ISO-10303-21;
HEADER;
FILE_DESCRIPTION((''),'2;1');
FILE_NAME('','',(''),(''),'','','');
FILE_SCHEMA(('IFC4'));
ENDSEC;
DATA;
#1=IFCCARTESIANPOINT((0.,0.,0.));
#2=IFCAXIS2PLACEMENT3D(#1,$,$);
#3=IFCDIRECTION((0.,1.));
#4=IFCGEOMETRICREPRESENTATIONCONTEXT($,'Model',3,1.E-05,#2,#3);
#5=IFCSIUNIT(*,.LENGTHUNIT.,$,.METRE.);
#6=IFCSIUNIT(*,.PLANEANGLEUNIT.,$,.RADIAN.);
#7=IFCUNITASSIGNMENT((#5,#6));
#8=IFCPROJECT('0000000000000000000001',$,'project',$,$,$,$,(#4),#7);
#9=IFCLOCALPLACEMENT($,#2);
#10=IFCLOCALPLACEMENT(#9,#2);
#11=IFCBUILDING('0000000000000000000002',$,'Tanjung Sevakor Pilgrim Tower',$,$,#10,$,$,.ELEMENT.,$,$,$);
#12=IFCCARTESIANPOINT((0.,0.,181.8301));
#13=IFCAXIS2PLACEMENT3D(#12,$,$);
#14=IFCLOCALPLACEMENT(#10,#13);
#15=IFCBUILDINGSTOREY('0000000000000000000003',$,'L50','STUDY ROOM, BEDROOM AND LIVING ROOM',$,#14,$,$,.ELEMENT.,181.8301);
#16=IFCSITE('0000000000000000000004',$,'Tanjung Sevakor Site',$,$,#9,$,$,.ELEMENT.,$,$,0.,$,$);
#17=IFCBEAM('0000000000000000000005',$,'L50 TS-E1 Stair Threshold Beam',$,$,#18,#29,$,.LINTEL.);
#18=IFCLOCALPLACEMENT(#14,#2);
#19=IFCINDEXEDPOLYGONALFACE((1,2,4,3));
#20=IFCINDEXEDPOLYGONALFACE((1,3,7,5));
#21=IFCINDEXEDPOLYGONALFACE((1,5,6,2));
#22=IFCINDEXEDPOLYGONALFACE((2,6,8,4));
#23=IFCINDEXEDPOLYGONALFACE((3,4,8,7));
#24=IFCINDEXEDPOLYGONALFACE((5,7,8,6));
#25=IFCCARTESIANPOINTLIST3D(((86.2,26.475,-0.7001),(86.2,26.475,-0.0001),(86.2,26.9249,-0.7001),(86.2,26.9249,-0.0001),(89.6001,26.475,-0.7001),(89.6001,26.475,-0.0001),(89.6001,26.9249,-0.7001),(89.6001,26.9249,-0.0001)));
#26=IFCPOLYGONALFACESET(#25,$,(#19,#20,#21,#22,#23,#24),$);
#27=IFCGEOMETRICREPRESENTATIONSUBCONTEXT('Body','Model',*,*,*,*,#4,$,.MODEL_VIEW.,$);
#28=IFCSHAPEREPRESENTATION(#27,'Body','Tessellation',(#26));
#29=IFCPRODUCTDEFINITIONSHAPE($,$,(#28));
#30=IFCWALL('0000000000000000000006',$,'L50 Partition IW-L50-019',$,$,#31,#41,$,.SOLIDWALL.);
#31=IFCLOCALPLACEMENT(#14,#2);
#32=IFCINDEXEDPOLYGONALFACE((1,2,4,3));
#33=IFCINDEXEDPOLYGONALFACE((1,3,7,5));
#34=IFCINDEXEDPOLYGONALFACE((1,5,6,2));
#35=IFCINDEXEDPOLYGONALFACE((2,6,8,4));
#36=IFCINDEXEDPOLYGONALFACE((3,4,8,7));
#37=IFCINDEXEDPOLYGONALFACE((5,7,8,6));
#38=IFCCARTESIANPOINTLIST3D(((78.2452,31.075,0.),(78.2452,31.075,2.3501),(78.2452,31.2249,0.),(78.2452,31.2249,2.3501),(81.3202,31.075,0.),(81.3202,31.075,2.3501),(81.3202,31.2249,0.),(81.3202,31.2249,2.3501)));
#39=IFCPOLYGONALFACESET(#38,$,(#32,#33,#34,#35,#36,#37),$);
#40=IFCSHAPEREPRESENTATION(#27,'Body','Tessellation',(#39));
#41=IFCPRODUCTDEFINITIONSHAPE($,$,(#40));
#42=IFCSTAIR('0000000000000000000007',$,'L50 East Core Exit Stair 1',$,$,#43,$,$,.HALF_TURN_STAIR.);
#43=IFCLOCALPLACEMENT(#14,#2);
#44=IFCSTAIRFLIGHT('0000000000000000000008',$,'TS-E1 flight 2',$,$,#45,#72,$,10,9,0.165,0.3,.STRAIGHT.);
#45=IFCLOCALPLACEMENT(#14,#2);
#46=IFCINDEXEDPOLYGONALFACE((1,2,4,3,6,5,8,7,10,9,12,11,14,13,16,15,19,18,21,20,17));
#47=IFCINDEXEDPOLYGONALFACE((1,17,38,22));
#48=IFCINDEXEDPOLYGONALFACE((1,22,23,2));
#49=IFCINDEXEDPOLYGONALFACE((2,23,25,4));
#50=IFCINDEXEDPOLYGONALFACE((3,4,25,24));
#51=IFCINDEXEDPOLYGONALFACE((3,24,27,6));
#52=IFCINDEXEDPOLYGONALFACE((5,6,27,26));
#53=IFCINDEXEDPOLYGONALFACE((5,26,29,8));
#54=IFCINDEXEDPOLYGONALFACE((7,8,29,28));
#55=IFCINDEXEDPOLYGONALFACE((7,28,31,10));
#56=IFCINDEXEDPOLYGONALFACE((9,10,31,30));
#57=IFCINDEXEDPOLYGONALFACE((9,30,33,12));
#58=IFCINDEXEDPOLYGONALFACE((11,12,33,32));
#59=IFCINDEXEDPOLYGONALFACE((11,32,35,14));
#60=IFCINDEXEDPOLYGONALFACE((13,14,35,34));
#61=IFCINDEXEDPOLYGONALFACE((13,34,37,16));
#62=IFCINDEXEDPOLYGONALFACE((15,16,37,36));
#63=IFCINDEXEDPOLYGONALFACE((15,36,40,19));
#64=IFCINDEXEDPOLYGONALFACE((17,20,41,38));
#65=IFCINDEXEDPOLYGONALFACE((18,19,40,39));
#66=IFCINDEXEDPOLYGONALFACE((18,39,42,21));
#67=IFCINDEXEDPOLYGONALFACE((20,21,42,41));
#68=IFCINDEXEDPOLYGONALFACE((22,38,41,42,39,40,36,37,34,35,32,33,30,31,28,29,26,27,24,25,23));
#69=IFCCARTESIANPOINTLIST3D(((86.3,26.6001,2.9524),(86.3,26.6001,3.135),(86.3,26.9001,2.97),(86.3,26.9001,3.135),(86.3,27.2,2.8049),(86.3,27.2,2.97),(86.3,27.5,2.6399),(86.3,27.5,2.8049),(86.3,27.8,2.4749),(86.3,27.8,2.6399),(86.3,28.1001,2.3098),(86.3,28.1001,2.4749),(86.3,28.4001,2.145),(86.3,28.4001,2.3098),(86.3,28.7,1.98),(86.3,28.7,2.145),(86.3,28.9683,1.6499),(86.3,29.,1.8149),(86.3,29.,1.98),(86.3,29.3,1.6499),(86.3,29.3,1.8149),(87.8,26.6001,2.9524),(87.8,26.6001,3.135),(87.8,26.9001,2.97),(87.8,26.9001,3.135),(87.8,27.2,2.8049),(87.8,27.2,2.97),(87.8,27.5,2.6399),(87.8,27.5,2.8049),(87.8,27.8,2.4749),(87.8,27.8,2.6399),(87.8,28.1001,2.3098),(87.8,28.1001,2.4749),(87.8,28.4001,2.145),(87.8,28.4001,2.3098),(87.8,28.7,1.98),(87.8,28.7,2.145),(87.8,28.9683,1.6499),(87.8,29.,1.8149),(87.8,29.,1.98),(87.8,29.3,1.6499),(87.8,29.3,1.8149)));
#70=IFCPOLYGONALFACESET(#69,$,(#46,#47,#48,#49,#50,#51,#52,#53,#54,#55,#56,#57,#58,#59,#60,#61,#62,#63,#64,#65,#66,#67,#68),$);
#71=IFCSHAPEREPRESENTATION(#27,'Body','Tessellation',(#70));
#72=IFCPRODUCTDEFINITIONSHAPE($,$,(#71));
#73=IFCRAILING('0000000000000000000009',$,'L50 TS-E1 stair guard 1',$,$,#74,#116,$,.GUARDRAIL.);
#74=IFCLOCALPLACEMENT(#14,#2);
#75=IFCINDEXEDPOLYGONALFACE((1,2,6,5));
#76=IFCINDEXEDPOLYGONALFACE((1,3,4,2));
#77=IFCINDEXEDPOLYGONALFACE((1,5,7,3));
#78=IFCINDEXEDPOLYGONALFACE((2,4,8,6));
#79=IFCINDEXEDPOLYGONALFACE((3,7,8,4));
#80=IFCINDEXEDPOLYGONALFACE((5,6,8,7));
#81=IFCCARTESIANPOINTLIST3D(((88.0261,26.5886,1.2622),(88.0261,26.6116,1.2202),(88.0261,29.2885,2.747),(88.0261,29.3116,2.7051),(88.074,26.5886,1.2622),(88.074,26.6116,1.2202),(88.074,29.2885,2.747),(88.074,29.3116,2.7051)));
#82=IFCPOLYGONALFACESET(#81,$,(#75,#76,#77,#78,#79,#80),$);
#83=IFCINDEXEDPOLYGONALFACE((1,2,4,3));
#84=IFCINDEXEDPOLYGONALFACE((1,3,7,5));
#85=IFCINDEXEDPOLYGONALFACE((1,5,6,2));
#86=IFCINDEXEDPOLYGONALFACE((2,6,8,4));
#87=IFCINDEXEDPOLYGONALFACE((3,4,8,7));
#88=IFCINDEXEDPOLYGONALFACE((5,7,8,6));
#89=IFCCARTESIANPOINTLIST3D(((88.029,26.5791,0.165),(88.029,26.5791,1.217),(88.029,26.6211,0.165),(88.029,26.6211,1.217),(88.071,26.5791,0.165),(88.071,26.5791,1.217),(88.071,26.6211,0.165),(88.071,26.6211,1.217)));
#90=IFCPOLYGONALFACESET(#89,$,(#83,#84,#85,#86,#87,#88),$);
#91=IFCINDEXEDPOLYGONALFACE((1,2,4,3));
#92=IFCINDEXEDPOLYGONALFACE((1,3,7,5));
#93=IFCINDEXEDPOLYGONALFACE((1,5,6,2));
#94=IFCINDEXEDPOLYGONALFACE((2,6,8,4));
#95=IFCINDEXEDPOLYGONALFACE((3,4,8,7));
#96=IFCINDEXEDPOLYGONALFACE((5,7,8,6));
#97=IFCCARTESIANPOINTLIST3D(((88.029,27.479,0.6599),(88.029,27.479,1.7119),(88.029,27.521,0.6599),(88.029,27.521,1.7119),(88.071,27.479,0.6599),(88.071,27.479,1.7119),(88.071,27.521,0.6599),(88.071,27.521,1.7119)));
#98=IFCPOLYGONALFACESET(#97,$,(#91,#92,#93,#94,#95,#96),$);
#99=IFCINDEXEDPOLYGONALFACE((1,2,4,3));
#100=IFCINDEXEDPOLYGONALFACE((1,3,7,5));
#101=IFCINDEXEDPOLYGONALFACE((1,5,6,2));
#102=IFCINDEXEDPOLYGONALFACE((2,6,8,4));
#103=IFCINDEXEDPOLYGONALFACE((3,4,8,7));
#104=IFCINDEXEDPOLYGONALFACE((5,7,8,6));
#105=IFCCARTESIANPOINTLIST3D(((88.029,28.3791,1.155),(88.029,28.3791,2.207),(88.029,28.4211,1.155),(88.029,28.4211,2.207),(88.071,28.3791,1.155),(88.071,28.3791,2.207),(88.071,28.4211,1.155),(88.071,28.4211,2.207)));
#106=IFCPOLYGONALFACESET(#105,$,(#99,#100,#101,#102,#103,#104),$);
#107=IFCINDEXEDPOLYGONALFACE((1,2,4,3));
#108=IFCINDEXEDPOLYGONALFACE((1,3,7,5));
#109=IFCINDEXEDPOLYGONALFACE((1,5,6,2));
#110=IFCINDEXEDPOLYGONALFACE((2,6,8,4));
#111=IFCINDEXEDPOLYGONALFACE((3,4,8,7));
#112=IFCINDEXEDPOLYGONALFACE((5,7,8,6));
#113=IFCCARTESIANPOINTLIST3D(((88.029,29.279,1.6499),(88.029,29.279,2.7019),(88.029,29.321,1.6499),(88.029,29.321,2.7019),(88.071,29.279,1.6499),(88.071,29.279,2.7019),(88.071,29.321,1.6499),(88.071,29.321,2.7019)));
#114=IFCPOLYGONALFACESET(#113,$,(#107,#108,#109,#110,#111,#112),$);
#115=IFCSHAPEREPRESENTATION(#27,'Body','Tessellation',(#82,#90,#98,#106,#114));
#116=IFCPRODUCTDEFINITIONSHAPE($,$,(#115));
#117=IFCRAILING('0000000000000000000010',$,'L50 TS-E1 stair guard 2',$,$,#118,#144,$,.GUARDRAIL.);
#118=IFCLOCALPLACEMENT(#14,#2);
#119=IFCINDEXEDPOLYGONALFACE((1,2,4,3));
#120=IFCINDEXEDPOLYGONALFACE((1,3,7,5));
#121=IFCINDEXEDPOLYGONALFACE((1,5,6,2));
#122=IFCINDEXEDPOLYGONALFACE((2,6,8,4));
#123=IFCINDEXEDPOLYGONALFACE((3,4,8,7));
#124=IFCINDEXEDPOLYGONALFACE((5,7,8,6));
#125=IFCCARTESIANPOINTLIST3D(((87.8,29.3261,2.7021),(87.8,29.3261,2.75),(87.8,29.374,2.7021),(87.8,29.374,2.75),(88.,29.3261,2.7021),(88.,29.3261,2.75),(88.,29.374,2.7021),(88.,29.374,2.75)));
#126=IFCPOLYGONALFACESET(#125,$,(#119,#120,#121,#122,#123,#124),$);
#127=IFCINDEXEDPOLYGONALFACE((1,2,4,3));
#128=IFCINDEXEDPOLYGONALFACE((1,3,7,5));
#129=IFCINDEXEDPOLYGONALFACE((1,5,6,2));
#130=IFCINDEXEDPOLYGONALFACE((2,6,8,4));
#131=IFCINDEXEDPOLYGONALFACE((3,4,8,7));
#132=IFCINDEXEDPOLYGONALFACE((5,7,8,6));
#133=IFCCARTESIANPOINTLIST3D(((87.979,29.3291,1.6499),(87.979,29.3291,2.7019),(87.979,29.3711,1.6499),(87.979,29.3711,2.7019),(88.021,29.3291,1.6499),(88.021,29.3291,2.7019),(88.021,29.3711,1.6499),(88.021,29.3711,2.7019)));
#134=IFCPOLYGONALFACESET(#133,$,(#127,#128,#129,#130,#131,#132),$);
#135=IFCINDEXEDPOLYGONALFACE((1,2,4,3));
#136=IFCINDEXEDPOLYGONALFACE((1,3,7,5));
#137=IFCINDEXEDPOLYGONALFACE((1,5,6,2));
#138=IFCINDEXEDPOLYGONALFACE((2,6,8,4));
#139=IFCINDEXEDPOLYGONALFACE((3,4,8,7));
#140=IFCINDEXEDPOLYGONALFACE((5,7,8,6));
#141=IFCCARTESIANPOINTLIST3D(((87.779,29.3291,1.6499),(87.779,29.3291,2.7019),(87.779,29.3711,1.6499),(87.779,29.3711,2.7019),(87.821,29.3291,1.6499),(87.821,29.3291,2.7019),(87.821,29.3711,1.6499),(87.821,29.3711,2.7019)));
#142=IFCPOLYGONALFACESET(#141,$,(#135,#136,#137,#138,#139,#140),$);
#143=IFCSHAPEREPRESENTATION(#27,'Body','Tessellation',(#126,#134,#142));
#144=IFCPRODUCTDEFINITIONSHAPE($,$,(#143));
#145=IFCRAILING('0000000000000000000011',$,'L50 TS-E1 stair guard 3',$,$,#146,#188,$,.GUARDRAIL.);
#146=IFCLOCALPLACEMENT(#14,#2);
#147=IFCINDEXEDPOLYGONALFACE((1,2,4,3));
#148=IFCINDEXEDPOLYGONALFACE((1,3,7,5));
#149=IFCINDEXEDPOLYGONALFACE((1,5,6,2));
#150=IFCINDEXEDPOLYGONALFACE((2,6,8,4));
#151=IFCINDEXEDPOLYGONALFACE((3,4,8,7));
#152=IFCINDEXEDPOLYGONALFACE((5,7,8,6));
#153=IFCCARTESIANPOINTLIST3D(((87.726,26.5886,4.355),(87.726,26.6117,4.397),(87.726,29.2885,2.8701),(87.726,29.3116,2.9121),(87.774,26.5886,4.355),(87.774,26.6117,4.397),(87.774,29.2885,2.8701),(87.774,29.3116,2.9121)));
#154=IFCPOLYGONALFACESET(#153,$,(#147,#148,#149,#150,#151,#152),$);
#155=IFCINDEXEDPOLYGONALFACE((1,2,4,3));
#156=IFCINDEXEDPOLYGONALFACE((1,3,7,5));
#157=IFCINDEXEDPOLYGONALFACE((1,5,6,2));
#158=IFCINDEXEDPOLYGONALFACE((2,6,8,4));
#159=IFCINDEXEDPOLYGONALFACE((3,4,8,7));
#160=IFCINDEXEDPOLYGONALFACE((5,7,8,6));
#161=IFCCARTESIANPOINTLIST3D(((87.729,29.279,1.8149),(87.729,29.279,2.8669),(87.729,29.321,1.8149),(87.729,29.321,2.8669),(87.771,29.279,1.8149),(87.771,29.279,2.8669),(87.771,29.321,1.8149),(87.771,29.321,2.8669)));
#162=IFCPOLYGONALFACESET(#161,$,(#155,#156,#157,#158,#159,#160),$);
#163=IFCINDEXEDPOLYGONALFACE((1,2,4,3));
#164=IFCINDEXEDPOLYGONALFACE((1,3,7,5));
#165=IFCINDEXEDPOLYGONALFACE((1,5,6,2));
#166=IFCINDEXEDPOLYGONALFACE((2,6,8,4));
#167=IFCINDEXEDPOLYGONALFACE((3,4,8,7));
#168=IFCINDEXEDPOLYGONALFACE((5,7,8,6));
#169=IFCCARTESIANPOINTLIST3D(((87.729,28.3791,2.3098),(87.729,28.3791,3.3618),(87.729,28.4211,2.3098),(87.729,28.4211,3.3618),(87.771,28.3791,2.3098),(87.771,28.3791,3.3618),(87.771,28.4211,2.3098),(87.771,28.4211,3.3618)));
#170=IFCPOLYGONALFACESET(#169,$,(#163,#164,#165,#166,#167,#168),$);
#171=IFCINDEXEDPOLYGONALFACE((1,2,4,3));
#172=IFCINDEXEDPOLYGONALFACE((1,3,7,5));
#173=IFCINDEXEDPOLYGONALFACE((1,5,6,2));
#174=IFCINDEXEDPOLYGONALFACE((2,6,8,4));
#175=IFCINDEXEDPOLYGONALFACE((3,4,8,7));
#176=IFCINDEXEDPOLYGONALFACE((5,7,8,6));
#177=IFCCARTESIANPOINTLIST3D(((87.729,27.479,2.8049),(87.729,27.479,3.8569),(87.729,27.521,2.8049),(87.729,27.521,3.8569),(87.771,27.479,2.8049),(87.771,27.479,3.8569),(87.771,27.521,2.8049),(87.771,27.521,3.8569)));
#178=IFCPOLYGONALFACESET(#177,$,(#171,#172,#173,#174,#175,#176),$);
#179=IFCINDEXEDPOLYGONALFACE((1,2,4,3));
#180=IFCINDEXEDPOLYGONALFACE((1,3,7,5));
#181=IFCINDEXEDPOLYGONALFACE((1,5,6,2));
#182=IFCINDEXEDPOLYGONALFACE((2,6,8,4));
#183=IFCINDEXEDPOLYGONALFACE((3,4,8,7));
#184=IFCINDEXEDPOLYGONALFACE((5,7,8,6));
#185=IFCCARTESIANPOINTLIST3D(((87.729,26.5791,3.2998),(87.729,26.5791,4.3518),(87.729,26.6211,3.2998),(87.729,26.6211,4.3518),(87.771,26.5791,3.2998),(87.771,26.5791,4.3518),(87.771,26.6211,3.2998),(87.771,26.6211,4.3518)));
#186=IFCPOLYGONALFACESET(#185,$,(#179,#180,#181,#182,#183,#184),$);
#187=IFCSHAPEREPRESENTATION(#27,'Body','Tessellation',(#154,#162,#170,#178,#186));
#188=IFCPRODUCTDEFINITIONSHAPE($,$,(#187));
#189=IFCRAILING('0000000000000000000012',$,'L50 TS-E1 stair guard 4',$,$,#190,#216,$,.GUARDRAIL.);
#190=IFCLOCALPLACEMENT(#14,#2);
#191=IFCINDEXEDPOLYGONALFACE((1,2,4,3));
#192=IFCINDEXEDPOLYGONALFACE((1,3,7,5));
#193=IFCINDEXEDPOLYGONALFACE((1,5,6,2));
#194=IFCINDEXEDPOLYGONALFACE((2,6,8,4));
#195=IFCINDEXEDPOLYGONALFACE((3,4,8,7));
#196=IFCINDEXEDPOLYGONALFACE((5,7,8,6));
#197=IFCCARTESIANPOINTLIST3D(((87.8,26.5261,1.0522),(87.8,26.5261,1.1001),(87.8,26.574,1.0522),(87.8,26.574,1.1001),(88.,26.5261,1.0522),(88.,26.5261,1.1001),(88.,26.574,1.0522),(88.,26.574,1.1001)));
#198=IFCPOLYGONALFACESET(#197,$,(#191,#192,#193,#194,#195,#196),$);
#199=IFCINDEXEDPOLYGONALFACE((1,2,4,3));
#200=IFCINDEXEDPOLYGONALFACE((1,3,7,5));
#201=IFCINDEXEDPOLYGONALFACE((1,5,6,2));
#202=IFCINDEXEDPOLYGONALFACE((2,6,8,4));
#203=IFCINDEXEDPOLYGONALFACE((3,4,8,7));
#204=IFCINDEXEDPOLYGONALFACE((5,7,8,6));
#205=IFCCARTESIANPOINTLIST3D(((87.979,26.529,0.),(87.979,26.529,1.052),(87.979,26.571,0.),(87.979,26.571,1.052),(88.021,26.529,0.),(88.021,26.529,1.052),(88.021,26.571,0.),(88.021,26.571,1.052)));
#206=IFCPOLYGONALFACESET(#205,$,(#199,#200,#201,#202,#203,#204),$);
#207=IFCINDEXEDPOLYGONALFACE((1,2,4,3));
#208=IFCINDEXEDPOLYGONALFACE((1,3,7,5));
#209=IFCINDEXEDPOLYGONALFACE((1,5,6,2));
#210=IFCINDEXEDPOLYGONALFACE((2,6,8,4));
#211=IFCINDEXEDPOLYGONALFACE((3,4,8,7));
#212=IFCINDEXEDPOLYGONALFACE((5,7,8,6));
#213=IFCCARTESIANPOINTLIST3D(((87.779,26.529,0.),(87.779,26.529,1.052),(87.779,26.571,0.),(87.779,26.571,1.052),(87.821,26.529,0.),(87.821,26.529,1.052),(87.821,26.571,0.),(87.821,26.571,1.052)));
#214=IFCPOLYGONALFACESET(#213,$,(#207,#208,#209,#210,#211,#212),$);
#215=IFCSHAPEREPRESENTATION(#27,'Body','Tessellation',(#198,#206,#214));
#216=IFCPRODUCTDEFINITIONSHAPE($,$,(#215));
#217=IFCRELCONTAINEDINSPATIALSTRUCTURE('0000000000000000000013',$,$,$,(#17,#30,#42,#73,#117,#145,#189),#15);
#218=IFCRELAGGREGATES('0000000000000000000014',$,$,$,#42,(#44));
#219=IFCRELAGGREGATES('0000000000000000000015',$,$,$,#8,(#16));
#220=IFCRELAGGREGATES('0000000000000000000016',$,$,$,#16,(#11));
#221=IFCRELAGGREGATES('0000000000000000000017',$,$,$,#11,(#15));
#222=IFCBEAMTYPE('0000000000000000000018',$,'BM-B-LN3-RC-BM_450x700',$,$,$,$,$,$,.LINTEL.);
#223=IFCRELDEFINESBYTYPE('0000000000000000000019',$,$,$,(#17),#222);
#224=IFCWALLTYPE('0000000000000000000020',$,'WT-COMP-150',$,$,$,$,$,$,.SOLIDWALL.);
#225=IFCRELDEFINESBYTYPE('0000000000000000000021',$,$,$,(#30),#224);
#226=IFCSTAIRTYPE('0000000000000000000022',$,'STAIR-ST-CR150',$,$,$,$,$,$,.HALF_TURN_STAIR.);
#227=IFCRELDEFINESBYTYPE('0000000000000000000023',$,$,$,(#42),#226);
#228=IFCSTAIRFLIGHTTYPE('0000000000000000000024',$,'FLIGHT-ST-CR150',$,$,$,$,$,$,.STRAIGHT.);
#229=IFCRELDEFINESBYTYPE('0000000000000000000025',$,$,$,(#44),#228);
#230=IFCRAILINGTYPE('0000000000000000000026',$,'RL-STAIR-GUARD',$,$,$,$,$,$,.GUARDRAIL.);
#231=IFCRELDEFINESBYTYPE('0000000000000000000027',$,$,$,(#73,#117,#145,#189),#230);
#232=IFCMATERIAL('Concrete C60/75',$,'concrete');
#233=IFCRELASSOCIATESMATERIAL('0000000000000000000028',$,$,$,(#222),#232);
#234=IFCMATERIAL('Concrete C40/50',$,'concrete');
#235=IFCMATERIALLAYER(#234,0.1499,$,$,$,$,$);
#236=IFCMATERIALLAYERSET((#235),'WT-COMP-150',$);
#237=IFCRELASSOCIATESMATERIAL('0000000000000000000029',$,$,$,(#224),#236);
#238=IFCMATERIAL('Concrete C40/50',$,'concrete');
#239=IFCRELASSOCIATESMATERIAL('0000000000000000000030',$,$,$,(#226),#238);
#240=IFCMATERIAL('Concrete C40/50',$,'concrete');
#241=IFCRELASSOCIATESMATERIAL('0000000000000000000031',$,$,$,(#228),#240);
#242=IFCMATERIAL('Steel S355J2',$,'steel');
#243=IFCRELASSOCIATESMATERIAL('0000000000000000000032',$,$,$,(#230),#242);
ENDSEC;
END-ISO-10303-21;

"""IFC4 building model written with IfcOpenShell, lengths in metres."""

from ifc_helpers import new_model, si_unit, direction, frame, frame_2d, origin, origin_2d, place, context, subcontext, project, spatial, polyline, rectangle, outline, extrude, material, layer, layer_set, material_profile, profile_set, type_object, element, aggregate, save


model = new_model("IFC4")

# Units and contexts
model_context = context("Model", 3, precision=1e-05, world=origin(), true_north=direction((0.0, 1.0)))
body_context = subcontext(model_context, "Body", "Model", "MODEL_VIEW")
ifc_project = project(units=[si_unit("LENGTHUNIT", "METRE"), si_unit("PLANEANGLEUNIT", "RADIAN")], contexts=[model_context])

# Site, building, storey
site_placement = place(None, origin())
site = spatial("IfcSite", under=ifc_project, at=site_placement, Name="Tanjung Sevakor Site", CompositionType="ELEMENT", RefElevation=0.0)
building_placement = place(site_placement, origin())
building = spatial("IfcBuilding", under=site, at=building_placement, Name="Tanjung Sevakor Pilgrim Tower", CompositionType="ELEMENT")
storey_placement = place(building_placement, frame((0.0, 0.0, 181.8301)))
storey = spatial("IfcBuildingStorey", under=building, at=storey_placement, Name="L50", Description="STUDY ROOM, BEDROOM AND LIVING ROOM", CompositionType="ELEMENT", Elevation=181.8301)

# Beam
ifc_material_1 = material(Name="Concrete C60/75", Category="concrete")
ifc_material_profile = material_profile(ifc_material_1, rectangle(XDim=0.45, YDim=0.7, at=origin_2d()))
ifc_profile_set = profile_set([ifc_material_profile], Name="Concrete C60/75")
beam_type = type_object("IfcBeamType", Name="BM-B-LN3-RC-BM_450x700", PredefinedType="LINTEL", material=ifc_profile_set)
beam_placement = place(storey_placement, frame((86.2, 26.7, -0.3501), z_axis=(1.0, 0.0, 0.0), x_axis=(0.0, 1.0, 0.0)))
element("IfcBeam", 1, at=beam_placement, inside=storey, type_object=beam_type, Name="L50 TS-E1 Stair Threshold Beam", PredefinedType="LINTEL", context=body_context, shape_type="SweptSolid", body=[
    extrude(rectangle(XDim=0.45, YDim=0.7, at=origin_2d()), origin(), (0.0, 0.0, 1.0), 3.4001),
])

# Shared definitions
ifc_material_2 = material(Name="Concrete C40/50", Category="concrete")
ifc_layer_1 = layer(ifc_material_2, 0.1499)
ifc_layer_set_1 = layer_set([ifc_layer_1], Name="WT-COMP-150")
wall_type_1 = type_object("IfcWallType", Name="WT-COMP-150", PredefinedType="SOLIDWALL", material=ifc_layer_set_1)

# Wall
wall_1_placement = place(storey_placement, frame((78.2451, 31.1499, 0.0), z_axis=(0.0, 0.0, 1.0), x_axis=(1.0, 0.0, 0.0)))
element("IfcWall", 2, at=wall_1_placement, inside=storey, type_object=wall_type_1, Name="L50 Partition IW-L50-019", PredefinedType="SOLIDWALL", context=body_context, shape_type="SweptSolid", body=[
    extrude(rectangle(XDim=3.075, YDim=0.1499, at=frame_2d((1.5376, 0.0))), origin(), (0.0, 0.0, 1.0), 2.3501),
])

# Stair, stair flight
ifc_material_3 = material(Name="Concrete C40/50", Category="concrete")
stair_type = type_object("IfcStairType", Name="STAIR-ST-CR150", PredefinedType="HALF_TURN_STAIR", material=ifc_material_3)
stair_placement = place(storey_placement, origin())
stair = element("IfcStair", 3, at=stair_placement, inside=storey, type_object=stair_type, Name="L50 East Core Exit Stair 1", PredefinedType="HALF_TURN_STAIR")
ifc_material_4 = material(Name="Concrete C40/50", Category="concrete")
stair_flight_type = type_object("IfcStairFlightType", Name="FLIGHT-ST-CR150", PredefinedType="STRAIGHT", material=ifc_material_4)
stair_flight_placement = place(storey_placement, frame((87.05, 29.3, 1.6499), z_axis=(0.0, 0.0, 1.0), x_axis=(0.0, -1.0, 0.0)))
stair_flight = element("IfcStairFlight", 4, at=stair_flight_placement, type_object=stair_flight_type, Name="TS-E1 flight 2", NumberOfRisers=10, NumberOfTreads=9, PredefinedType="STRAIGHT", RiserHeight=0.165, TreadLength=0.3, context=body_context, shape_type="SweptSolid", body=[
    extrude(outline(polyline([(0.0, 0.0), (0.0, 0.165), (0.3, 0.165), (0.3, 0.3301), (0.6001, 0.3301), (0.6001, 0.4951), (0.8999, 0.4951), (0.8999, 0.6599), (1.2, 0.6599), (1.2, 0.825), (1.5, 0.825), (1.5, 0.99), (1.8, 0.99), (1.8, 1.155), (2.1001, 1.155), (2.1001, 1.3201), (2.3999, 1.3201), (2.3999, 1.4851), (2.7, 1.4851), (2.7, 1.6499), (2.7, 1.3025), (0.3318, 0.0), (0.0, 0.0)])), frame((0.0, 0.75, 0.0), z_axis=(0.0, -1.0, 0.0), x_axis=(1.0, 0.0, 0.0)), (0.0, 0.0, 1.0), 1.5),
])
aggregate(stair, [stair_flight])

# Railings
ifc_material_5 = material(Name="Steel S355J2", Category="steel")
railing_type_1 = type_object("IfcRailingType", Name="RL-STAIR-GUARD", PredefinedType="GUARDRAIL", material=ifc_material_5)
railing_1_placement = place(storey_placement, frame((88.05, 26.6001, 0.165)))
element("IfcRailing", 5, at=railing_1_placement, inside=storey, type_object=railing_type_1, Name="L50 TS-E1 stair guard 1", PredefinedType="GUARDRAIL", context=body_context, shape_type="SweptSolid", body=[
    extrude(rectangle(XDim=0.0479, YDim=0.0479), frame((0.0, 0.0, 1.0762), z_axis=(0.0, 0.876231, 0.481891), x_axis=(-1.0, 0.0, 0.0)), (0.0, 0.0, 1.0), 3.0813),
    extrude(rectangle(XDim=0.042, YDim=0.042), origin(), (0.0, 0.0, 1.0), 1.052),
    extrude(rectangle(XDim=0.042, YDim=0.042), frame((0.0, 0.8999, 0.4949)), (0.0, 0.0, 1.0), 1.052),
    extrude(rectangle(XDim=0.042, YDim=0.042), frame((0.0, 1.8, 0.99)), (0.0, 0.0, 1.0), 1.052),
    extrude(rectangle(XDim=0.042, YDim=0.042), frame((0.0, 2.7, 1.4849)), (0.0, 0.0, 1.0), 1.052),
])
railing_2_placement = place(storey_placement, frame((88.0, 29.3501, 1.6499)))
element("IfcRailing", 6, at=railing_2_placement, inside=storey, type_object=railing_type_1, Name="L50 TS-E1 stair guard 2", PredefinedType="GUARDRAIL", context=body_context, shape_type="SweptSolid", body=[
    extrude(rectangle(XDim=0.0479, YDim=0.0479), frame((0.0, 0.0, 1.0762), z_axis=(-1.0, 0.0, 0.0), x_axis=(0.0, -1.0, 0.0)), (0.0, 0.0, 1.0), 0.2),
    extrude(rectangle(XDim=0.042, YDim=0.042), origin(), (0.0, 0.0, 1.0), 1.052),
    extrude(rectangle(XDim=0.042, YDim=0.042), frame((-0.2, 0.0, 0.0)), (0.0, 0.0, 1.0), 1.052),
])
railing_3_placement = place(storey_placement, frame((87.75, 29.3, 1.8149)))
element("IfcRailing", 7, at=railing_3_placement, inside=storey, type_object=railing_type_1, Name="L50 TS-E1 stair guard 3", PredefinedType="GUARDRAIL", context=body_context, shape_type="SweptSolid", body=[
    extrude(rectangle(XDim=0.0479, YDim=0.0479), frame((0.0, 0.0, 1.0762), z_axis=(0.0, -0.876231, 0.481891), x_axis=(1.0, 0.0, 0.0)), (0.0, 0.0, 1.0), 3.0813),
    extrude(rectangle(XDim=0.042, YDim=0.042), origin(), (0.0, 0.0, 1.0), 1.052),
    extrude(rectangle(XDim=0.042, YDim=0.042), frame((0.0, -0.8999, 0.4949)), (0.0, 0.0, 1.0), 1.052),
    extrude(rectangle(XDim=0.042, YDim=0.042), frame((0.0, -1.8, 0.99)), (0.0, 0.0, 1.0), 1.052),
    extrude(rectangle(XDim=0.042, YDim=0.042), frame((0.0, -2.7, 1.4849)), (0.0, 0.0, 1.0), 1.052),
])
railing_4_placement = place(storey_placement, frame((88.0, 26.55, 0.0)))
element("IfcRailing", 8, at=railing_4_placement, inside=storey, type_object=railing_type_1, Name="L50 TS-E1 stair guard 4", PredefinedType="GUARDRAIL", context=body_context, shape_type="SweptSolid", body=[
    extrude(rectangle(XDim=0.0479, YDim=0.0479), frame((0.0, 0.0, 1.0762), z_axis=(-1.0, 0.0, 0.0), x_axis=(0.0, -1.0, 0.0)), (0.0, 0.0, 1.0), 0.2),
    extrude(rectangle(XDim=0.042, YDim=0.042), origin(), (0.0, 0.0, 1.0), 1.052),
    extrude(rectangle(XDim=0.042, YDim=0.042), frame((-0.2, 0.0, 0.0)), (0.0, 0.0, 1.0), 1.052),
])

save(model, "model.ifc")
